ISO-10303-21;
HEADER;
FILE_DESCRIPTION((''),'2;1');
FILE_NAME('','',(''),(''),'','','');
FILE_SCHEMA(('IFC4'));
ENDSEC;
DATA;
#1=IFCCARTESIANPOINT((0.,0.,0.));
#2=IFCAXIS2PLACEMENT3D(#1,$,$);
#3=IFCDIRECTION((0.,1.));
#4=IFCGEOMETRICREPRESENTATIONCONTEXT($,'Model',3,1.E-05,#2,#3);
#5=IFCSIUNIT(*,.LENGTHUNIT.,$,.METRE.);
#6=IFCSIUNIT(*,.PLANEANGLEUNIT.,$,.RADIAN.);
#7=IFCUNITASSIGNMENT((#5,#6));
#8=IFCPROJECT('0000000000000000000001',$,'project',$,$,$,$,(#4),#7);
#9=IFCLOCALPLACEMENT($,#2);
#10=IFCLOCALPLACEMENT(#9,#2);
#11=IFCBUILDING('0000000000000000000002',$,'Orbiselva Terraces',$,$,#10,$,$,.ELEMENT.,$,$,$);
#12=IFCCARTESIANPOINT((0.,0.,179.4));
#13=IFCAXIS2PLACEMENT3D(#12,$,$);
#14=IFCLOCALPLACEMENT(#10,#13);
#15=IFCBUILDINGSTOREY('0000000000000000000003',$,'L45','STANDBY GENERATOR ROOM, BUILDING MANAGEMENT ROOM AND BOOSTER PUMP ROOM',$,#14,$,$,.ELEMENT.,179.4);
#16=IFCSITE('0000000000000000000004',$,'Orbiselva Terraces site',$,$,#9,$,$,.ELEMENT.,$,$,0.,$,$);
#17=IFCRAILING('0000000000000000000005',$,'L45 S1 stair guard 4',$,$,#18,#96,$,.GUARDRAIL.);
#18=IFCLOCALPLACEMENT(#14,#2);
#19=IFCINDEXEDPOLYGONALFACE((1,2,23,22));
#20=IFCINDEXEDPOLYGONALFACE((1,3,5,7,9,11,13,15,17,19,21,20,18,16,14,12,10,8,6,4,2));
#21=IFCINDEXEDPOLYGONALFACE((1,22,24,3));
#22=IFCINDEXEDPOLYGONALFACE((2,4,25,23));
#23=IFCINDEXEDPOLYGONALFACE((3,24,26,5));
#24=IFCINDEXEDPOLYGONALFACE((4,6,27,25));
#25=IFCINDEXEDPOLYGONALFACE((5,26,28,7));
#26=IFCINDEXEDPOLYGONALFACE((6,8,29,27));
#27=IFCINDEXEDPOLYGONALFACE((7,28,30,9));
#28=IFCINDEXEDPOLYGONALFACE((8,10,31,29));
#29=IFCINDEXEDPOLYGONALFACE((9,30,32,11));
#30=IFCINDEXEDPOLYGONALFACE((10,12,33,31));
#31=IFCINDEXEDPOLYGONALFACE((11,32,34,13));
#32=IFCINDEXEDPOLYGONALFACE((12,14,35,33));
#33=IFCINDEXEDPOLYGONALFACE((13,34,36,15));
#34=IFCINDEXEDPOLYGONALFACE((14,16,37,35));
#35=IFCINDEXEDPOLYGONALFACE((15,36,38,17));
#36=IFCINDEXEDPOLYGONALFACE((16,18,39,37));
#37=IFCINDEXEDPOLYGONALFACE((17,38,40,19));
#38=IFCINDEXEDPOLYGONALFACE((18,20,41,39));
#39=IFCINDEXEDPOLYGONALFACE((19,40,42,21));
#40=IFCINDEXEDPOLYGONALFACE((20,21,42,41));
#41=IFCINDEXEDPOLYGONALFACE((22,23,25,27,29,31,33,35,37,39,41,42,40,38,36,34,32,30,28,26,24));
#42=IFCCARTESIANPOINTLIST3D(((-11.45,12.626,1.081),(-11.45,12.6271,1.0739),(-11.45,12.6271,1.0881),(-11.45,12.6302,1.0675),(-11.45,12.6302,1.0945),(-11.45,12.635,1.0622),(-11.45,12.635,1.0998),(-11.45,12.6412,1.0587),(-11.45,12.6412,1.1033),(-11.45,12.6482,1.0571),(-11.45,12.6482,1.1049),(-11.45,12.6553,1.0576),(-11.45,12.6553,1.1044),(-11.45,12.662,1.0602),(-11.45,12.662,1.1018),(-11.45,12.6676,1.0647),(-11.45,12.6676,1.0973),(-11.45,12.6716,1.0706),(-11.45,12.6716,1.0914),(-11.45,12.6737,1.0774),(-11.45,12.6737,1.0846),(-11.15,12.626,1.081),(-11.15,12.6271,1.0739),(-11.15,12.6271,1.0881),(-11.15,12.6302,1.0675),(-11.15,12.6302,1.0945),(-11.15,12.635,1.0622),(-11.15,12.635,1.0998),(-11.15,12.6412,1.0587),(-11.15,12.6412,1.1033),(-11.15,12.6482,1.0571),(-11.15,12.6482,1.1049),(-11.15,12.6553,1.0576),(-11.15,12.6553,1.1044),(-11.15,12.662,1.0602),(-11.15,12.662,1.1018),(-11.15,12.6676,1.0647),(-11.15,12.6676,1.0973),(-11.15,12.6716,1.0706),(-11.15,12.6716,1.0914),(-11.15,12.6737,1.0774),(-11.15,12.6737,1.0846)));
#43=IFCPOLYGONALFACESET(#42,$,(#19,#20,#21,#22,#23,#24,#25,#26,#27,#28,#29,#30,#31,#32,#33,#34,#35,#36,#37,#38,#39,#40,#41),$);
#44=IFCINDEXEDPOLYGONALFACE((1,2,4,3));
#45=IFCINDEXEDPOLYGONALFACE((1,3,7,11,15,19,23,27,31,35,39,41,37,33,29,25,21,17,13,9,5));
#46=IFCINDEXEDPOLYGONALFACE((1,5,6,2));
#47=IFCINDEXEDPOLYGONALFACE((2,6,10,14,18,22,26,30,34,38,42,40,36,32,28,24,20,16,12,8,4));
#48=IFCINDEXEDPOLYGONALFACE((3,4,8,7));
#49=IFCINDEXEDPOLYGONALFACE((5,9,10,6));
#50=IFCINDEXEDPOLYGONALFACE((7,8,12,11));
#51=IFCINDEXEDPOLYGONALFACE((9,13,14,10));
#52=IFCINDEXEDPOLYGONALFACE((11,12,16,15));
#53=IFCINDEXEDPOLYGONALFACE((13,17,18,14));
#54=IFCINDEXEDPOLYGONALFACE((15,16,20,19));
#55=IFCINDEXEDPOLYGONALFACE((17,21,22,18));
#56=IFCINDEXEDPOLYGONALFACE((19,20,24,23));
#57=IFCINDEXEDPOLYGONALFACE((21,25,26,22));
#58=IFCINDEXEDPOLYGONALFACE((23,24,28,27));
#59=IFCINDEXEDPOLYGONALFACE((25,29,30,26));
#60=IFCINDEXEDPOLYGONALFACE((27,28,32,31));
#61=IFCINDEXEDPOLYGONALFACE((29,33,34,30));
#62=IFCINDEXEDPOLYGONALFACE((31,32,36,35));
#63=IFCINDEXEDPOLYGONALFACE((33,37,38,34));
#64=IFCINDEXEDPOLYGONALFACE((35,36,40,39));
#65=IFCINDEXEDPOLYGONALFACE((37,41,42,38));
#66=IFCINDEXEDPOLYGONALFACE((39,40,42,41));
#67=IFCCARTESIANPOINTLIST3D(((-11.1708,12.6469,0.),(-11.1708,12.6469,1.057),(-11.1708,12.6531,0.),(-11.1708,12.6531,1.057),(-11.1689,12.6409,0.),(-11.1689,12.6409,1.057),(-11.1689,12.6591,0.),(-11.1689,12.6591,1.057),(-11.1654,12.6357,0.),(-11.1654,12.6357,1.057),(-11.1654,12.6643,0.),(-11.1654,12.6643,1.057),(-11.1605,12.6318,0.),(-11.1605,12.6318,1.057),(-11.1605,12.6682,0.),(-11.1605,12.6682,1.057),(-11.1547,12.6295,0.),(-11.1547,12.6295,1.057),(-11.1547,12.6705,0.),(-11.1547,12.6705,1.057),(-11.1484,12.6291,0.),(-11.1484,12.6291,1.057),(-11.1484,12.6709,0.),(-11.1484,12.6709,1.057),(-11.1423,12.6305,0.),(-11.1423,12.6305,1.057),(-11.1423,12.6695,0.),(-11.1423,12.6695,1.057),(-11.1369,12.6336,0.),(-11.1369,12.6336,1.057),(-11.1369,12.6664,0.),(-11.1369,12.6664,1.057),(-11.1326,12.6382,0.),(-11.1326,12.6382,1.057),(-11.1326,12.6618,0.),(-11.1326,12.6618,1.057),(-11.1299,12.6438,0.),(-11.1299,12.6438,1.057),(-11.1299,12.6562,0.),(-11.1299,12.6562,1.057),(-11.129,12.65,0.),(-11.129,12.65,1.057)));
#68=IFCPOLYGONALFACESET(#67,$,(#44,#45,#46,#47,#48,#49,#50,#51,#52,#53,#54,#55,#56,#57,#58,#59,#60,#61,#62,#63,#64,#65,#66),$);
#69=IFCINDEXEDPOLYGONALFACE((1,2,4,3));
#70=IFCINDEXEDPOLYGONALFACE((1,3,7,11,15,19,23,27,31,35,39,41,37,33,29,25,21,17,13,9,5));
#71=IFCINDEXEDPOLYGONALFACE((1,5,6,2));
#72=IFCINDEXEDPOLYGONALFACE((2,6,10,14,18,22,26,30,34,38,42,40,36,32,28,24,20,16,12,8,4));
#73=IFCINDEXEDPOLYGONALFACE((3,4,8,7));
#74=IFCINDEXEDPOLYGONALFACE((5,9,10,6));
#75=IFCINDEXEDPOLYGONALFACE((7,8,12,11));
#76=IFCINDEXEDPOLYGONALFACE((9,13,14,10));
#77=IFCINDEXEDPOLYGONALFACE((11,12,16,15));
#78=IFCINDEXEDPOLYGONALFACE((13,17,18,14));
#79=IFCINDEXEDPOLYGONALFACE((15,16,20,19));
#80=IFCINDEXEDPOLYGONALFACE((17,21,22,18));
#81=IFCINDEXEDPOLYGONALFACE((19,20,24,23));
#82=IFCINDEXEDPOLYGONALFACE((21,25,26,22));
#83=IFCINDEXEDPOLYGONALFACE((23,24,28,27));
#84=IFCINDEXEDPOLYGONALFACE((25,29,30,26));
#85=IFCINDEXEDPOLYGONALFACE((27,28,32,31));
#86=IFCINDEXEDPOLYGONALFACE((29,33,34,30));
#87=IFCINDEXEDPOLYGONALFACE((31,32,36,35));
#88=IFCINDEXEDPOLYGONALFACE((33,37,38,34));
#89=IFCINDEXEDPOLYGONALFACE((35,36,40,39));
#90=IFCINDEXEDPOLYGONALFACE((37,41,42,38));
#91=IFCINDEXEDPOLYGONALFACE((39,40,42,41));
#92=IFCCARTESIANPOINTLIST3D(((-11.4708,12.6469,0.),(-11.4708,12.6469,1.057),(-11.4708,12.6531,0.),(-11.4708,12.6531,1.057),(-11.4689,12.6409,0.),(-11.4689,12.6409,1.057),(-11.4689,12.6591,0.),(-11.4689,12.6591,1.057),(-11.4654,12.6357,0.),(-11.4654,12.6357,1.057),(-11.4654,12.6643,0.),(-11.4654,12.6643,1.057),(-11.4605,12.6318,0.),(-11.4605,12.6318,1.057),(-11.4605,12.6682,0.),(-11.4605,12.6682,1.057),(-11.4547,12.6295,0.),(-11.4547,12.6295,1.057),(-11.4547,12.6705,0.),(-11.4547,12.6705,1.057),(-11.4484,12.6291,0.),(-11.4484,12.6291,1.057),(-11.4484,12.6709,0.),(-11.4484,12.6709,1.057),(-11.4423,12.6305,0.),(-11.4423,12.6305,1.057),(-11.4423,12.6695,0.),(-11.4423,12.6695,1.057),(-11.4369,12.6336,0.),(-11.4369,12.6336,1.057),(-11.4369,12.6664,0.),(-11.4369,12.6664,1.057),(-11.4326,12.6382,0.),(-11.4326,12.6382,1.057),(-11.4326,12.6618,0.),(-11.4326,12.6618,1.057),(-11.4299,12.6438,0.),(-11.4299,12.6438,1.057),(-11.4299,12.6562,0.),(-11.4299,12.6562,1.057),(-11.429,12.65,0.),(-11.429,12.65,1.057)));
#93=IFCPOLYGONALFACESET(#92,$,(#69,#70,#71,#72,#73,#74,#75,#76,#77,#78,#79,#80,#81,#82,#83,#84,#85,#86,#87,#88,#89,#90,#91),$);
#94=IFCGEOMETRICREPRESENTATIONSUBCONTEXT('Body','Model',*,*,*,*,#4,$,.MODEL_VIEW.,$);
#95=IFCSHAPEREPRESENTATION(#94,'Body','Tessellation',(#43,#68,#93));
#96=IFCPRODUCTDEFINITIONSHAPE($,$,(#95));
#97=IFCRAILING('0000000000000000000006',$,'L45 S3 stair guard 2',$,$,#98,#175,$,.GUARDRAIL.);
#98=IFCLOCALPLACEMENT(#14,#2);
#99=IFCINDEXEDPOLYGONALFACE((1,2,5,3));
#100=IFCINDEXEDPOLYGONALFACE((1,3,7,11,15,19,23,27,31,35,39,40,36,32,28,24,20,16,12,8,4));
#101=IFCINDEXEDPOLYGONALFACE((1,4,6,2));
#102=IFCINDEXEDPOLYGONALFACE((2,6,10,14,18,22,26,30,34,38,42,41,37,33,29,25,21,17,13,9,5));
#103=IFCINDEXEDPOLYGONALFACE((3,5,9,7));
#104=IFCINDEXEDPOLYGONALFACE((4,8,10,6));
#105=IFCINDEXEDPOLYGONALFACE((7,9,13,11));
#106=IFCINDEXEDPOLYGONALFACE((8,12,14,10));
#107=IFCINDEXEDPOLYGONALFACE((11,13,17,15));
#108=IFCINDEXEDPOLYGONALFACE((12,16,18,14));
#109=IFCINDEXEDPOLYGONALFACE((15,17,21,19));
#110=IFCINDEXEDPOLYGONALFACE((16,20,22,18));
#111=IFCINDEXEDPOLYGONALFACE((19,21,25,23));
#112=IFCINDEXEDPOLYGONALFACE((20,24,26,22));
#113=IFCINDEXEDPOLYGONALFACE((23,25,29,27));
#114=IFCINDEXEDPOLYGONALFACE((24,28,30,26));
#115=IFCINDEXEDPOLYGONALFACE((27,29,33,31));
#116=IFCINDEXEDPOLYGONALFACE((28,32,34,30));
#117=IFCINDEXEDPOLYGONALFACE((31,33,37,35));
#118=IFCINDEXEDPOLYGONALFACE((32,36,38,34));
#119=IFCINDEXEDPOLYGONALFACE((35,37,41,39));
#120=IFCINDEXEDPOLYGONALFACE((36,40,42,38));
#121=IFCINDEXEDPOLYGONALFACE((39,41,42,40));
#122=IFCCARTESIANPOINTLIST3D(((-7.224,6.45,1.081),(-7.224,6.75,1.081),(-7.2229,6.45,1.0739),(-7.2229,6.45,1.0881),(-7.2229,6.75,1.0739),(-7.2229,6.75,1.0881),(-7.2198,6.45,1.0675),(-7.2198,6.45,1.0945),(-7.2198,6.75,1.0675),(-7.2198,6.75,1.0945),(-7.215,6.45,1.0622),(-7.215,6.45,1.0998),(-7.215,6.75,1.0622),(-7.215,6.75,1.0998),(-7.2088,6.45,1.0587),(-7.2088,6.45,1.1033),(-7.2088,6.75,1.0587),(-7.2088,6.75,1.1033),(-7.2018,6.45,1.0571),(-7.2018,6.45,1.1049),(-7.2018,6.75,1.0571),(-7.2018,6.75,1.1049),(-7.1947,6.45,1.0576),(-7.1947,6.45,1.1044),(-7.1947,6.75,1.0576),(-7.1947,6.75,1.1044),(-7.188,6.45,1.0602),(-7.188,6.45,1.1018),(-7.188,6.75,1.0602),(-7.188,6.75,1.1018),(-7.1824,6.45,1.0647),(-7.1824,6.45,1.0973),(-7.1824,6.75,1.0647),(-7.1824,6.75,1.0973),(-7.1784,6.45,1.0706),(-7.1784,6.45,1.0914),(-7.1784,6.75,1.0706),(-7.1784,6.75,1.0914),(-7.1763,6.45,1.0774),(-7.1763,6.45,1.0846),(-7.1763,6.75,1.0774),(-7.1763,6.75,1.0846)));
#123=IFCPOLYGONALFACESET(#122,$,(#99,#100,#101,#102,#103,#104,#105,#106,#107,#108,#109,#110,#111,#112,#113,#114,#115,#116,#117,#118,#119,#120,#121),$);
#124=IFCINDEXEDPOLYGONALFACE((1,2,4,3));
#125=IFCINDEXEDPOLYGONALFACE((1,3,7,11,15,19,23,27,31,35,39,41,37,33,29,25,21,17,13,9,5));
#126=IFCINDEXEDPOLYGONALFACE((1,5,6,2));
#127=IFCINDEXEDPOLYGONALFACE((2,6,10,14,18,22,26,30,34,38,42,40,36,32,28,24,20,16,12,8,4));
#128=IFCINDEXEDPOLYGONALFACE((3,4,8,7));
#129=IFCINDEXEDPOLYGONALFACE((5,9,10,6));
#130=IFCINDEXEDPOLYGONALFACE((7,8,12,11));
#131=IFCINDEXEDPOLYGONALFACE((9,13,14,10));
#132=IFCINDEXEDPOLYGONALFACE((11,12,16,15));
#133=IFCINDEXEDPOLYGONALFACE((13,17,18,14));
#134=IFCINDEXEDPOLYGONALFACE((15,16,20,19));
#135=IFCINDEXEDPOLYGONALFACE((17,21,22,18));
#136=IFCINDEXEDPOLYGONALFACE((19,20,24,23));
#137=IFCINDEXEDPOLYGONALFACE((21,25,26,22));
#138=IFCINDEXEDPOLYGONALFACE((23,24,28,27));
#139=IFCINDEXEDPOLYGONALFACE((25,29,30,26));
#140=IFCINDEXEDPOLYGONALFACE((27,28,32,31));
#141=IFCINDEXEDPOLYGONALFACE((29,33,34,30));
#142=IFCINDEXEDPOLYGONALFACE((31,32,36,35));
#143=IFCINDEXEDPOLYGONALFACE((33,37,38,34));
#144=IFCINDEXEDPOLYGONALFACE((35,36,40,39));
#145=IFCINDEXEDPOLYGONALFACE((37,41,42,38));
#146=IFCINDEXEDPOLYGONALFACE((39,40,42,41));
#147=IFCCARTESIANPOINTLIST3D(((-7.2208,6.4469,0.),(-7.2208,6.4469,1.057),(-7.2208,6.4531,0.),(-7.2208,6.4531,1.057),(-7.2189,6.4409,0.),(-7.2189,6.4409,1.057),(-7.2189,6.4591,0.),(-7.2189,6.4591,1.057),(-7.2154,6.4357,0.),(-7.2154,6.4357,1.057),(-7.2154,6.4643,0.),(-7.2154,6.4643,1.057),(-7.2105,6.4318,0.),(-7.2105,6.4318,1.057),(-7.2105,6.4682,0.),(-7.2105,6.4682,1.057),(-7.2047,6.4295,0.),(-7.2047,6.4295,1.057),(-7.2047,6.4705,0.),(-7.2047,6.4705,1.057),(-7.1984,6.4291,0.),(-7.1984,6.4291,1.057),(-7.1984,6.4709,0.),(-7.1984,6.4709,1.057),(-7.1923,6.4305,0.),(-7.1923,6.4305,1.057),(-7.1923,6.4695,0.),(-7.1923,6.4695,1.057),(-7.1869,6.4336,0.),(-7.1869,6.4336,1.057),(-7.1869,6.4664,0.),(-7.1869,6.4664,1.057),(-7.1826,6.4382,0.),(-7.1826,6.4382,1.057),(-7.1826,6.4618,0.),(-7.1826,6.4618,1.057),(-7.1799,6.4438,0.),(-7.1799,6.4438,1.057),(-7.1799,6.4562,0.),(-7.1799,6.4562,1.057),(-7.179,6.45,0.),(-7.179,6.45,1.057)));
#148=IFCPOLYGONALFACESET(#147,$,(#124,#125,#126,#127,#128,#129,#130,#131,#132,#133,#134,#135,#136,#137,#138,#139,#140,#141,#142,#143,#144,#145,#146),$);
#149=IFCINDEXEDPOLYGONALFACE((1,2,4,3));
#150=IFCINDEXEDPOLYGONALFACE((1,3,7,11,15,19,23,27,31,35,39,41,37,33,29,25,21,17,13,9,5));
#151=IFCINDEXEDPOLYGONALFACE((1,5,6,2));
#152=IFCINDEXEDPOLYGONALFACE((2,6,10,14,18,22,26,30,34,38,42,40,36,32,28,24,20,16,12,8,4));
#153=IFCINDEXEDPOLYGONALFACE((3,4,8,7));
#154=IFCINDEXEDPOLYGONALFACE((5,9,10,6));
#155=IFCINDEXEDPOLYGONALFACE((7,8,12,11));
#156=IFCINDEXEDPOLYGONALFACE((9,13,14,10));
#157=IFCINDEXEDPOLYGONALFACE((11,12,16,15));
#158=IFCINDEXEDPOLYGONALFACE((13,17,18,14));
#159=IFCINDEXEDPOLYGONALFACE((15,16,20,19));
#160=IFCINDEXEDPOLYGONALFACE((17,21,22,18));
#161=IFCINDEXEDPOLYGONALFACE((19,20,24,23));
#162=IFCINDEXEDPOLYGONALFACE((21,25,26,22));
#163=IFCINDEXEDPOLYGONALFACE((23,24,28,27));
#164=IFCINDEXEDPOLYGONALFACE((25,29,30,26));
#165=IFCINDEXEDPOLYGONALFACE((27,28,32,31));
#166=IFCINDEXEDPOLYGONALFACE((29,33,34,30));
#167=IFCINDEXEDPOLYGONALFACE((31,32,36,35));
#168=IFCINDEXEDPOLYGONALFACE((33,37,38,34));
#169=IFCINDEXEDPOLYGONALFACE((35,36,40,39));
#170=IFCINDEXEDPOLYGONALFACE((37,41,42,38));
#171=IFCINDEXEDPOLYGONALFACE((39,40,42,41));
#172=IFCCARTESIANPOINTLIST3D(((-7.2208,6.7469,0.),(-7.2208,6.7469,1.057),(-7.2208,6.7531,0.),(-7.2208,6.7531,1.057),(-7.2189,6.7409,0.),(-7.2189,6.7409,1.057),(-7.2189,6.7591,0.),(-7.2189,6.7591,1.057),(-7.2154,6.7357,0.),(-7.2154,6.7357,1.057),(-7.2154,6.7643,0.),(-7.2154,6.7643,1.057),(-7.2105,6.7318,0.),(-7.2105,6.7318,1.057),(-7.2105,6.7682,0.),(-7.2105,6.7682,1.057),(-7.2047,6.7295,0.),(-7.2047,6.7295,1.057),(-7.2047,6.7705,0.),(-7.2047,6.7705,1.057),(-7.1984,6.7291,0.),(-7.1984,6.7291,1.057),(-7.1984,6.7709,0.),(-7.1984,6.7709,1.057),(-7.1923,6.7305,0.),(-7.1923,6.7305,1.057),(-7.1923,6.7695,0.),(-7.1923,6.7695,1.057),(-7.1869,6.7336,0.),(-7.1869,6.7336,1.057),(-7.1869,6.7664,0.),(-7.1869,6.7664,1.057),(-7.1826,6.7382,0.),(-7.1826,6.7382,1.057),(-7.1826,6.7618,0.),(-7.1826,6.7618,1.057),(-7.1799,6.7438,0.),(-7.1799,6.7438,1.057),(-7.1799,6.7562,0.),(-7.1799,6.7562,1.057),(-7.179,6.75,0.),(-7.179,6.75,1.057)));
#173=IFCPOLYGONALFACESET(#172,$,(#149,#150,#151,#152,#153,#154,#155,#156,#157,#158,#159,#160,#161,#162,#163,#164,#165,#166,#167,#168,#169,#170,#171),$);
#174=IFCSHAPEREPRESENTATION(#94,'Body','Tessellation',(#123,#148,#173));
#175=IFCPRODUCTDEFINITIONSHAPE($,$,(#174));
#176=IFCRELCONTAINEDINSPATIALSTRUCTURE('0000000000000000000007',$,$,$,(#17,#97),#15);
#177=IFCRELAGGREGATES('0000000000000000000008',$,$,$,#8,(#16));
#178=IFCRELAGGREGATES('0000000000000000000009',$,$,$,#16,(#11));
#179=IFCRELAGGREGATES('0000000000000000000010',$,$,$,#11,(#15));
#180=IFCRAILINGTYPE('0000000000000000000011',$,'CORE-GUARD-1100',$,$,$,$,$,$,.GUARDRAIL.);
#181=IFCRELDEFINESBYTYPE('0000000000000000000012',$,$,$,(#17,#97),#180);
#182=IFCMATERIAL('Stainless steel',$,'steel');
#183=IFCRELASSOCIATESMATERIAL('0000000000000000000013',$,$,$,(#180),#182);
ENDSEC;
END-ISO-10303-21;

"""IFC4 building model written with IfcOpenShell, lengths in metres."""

from ifc_helpers import new_model, si_unit, direction, frame, origin, origin_2d, place, context, subcontext, project, spatial, circle, extrude, material, type_object, element, save


model = new_model("IFC4")

# Units and contexts
model_context = context("Model", 3, precision=1e-05, world=origin(), true_north=direction((0.0, 1.0)))
body_context = subcontext(model_context, "Body", "Model", "MODEL_VIEW")
ifc_project = project(units=[si_unit("LENGTHUNIT", "METRE"), si_unit("PLANEANGLEUNIT", "RADIAN")], contexts=[model_context])

# Site, building, storey
site_placement = place(None, origin())
site = spatial("IfcSite", under=ifc_project, at=site_placement, Name="Orbiselva Terraces site", CompositionType="ELEMENT", RefElevation=0.0)
building_placement = place(site_placement, origin())
building = spatial("IfcBuilding", under=site, at=building_placement, Name="Orbiselva Terraces", CompositionType="ELEMENT")
storey_placement = place(building_placement, frame((0.0, 0.0, 179.4)))
storey = spatial("IfcBuildingStorey", under=building, at=storey_placement, Name="L45", Description="STANDBY GENERATOR ROOM, BUILDING MANAGEMENT ROOM AND BOOSTER PUMP ROOM", CompositionType="ELEMENT", Elevation=179.4)

# Railings
ifc_material_1 = material(Name="Stainless steel", Category="steel")
railing_type_1 = type_object("IfcRailingType", Name="CORE-GUARD-1100", PredefinedType="GUARDRAIL", material=ifc_material_1)
railing_1_placement = place(storey_placement, frame((-11.15, 12.65, 0.0)))
element("IfcRailing", 1, at=railing_1_placement, inside=storey, type_object=railing_type_1, Name="L45 S1 stair guard 4", PredefinedType="GUARDRAIL", context=body_context, shape_type="SweptSolid", body=[
    extrude(circle(Radius=0.024, at=origin_2d()), frame((0.0, 0.0, 1.081), z_axis=(-1.0, 0.0, 0.0), x_axis=(0.0, -1.0, 0.0)), (0.0, 0.0, 1.0), 0.3),
    extrude(circle(Radius=0.021, at=origin_2d()), origin(), (0.0, 0.0, 1.0), 1.057),
    extrude(circle(Radius=0.021, at=origin_2d()), frame((-0.3, 0.0, 0.0)), (0.0, 0.0, 1.0), 1.057),
])
railing_2_placement = place(storey_placement, frame((-7.2, 6.45, 0.0)))
element("IfcRailing", 2, at=railing_2_placement, inside=storey, type_object=railing_type_1, Name="L45 S3 stair guard 2", PredefinedType="GUARDRAIL", context=body_context, shape_type="SweptSolid", body=[
    extrude(circle(Radius=0.024, at=origin_2d()), frame((0.0, 0.0, 1.081), z_axis=(0.0, 1.0, 0.0), x_axis=(-1.0, 0.0, 0.0)), (0.0, 0.0, 1.0), 0.3),
    extrude(circle(Radius=0.021, at=origin_2d()), origin(), (0.0, 0.0, 1.0), 1.057),
    extrude(circle(Radius=0.021, at=origin_2d()), frame((0.0, 0.3, 0.0)), (0.0, 0.0, 1.0), 1.057),
])

save(model, "model.ifc")
